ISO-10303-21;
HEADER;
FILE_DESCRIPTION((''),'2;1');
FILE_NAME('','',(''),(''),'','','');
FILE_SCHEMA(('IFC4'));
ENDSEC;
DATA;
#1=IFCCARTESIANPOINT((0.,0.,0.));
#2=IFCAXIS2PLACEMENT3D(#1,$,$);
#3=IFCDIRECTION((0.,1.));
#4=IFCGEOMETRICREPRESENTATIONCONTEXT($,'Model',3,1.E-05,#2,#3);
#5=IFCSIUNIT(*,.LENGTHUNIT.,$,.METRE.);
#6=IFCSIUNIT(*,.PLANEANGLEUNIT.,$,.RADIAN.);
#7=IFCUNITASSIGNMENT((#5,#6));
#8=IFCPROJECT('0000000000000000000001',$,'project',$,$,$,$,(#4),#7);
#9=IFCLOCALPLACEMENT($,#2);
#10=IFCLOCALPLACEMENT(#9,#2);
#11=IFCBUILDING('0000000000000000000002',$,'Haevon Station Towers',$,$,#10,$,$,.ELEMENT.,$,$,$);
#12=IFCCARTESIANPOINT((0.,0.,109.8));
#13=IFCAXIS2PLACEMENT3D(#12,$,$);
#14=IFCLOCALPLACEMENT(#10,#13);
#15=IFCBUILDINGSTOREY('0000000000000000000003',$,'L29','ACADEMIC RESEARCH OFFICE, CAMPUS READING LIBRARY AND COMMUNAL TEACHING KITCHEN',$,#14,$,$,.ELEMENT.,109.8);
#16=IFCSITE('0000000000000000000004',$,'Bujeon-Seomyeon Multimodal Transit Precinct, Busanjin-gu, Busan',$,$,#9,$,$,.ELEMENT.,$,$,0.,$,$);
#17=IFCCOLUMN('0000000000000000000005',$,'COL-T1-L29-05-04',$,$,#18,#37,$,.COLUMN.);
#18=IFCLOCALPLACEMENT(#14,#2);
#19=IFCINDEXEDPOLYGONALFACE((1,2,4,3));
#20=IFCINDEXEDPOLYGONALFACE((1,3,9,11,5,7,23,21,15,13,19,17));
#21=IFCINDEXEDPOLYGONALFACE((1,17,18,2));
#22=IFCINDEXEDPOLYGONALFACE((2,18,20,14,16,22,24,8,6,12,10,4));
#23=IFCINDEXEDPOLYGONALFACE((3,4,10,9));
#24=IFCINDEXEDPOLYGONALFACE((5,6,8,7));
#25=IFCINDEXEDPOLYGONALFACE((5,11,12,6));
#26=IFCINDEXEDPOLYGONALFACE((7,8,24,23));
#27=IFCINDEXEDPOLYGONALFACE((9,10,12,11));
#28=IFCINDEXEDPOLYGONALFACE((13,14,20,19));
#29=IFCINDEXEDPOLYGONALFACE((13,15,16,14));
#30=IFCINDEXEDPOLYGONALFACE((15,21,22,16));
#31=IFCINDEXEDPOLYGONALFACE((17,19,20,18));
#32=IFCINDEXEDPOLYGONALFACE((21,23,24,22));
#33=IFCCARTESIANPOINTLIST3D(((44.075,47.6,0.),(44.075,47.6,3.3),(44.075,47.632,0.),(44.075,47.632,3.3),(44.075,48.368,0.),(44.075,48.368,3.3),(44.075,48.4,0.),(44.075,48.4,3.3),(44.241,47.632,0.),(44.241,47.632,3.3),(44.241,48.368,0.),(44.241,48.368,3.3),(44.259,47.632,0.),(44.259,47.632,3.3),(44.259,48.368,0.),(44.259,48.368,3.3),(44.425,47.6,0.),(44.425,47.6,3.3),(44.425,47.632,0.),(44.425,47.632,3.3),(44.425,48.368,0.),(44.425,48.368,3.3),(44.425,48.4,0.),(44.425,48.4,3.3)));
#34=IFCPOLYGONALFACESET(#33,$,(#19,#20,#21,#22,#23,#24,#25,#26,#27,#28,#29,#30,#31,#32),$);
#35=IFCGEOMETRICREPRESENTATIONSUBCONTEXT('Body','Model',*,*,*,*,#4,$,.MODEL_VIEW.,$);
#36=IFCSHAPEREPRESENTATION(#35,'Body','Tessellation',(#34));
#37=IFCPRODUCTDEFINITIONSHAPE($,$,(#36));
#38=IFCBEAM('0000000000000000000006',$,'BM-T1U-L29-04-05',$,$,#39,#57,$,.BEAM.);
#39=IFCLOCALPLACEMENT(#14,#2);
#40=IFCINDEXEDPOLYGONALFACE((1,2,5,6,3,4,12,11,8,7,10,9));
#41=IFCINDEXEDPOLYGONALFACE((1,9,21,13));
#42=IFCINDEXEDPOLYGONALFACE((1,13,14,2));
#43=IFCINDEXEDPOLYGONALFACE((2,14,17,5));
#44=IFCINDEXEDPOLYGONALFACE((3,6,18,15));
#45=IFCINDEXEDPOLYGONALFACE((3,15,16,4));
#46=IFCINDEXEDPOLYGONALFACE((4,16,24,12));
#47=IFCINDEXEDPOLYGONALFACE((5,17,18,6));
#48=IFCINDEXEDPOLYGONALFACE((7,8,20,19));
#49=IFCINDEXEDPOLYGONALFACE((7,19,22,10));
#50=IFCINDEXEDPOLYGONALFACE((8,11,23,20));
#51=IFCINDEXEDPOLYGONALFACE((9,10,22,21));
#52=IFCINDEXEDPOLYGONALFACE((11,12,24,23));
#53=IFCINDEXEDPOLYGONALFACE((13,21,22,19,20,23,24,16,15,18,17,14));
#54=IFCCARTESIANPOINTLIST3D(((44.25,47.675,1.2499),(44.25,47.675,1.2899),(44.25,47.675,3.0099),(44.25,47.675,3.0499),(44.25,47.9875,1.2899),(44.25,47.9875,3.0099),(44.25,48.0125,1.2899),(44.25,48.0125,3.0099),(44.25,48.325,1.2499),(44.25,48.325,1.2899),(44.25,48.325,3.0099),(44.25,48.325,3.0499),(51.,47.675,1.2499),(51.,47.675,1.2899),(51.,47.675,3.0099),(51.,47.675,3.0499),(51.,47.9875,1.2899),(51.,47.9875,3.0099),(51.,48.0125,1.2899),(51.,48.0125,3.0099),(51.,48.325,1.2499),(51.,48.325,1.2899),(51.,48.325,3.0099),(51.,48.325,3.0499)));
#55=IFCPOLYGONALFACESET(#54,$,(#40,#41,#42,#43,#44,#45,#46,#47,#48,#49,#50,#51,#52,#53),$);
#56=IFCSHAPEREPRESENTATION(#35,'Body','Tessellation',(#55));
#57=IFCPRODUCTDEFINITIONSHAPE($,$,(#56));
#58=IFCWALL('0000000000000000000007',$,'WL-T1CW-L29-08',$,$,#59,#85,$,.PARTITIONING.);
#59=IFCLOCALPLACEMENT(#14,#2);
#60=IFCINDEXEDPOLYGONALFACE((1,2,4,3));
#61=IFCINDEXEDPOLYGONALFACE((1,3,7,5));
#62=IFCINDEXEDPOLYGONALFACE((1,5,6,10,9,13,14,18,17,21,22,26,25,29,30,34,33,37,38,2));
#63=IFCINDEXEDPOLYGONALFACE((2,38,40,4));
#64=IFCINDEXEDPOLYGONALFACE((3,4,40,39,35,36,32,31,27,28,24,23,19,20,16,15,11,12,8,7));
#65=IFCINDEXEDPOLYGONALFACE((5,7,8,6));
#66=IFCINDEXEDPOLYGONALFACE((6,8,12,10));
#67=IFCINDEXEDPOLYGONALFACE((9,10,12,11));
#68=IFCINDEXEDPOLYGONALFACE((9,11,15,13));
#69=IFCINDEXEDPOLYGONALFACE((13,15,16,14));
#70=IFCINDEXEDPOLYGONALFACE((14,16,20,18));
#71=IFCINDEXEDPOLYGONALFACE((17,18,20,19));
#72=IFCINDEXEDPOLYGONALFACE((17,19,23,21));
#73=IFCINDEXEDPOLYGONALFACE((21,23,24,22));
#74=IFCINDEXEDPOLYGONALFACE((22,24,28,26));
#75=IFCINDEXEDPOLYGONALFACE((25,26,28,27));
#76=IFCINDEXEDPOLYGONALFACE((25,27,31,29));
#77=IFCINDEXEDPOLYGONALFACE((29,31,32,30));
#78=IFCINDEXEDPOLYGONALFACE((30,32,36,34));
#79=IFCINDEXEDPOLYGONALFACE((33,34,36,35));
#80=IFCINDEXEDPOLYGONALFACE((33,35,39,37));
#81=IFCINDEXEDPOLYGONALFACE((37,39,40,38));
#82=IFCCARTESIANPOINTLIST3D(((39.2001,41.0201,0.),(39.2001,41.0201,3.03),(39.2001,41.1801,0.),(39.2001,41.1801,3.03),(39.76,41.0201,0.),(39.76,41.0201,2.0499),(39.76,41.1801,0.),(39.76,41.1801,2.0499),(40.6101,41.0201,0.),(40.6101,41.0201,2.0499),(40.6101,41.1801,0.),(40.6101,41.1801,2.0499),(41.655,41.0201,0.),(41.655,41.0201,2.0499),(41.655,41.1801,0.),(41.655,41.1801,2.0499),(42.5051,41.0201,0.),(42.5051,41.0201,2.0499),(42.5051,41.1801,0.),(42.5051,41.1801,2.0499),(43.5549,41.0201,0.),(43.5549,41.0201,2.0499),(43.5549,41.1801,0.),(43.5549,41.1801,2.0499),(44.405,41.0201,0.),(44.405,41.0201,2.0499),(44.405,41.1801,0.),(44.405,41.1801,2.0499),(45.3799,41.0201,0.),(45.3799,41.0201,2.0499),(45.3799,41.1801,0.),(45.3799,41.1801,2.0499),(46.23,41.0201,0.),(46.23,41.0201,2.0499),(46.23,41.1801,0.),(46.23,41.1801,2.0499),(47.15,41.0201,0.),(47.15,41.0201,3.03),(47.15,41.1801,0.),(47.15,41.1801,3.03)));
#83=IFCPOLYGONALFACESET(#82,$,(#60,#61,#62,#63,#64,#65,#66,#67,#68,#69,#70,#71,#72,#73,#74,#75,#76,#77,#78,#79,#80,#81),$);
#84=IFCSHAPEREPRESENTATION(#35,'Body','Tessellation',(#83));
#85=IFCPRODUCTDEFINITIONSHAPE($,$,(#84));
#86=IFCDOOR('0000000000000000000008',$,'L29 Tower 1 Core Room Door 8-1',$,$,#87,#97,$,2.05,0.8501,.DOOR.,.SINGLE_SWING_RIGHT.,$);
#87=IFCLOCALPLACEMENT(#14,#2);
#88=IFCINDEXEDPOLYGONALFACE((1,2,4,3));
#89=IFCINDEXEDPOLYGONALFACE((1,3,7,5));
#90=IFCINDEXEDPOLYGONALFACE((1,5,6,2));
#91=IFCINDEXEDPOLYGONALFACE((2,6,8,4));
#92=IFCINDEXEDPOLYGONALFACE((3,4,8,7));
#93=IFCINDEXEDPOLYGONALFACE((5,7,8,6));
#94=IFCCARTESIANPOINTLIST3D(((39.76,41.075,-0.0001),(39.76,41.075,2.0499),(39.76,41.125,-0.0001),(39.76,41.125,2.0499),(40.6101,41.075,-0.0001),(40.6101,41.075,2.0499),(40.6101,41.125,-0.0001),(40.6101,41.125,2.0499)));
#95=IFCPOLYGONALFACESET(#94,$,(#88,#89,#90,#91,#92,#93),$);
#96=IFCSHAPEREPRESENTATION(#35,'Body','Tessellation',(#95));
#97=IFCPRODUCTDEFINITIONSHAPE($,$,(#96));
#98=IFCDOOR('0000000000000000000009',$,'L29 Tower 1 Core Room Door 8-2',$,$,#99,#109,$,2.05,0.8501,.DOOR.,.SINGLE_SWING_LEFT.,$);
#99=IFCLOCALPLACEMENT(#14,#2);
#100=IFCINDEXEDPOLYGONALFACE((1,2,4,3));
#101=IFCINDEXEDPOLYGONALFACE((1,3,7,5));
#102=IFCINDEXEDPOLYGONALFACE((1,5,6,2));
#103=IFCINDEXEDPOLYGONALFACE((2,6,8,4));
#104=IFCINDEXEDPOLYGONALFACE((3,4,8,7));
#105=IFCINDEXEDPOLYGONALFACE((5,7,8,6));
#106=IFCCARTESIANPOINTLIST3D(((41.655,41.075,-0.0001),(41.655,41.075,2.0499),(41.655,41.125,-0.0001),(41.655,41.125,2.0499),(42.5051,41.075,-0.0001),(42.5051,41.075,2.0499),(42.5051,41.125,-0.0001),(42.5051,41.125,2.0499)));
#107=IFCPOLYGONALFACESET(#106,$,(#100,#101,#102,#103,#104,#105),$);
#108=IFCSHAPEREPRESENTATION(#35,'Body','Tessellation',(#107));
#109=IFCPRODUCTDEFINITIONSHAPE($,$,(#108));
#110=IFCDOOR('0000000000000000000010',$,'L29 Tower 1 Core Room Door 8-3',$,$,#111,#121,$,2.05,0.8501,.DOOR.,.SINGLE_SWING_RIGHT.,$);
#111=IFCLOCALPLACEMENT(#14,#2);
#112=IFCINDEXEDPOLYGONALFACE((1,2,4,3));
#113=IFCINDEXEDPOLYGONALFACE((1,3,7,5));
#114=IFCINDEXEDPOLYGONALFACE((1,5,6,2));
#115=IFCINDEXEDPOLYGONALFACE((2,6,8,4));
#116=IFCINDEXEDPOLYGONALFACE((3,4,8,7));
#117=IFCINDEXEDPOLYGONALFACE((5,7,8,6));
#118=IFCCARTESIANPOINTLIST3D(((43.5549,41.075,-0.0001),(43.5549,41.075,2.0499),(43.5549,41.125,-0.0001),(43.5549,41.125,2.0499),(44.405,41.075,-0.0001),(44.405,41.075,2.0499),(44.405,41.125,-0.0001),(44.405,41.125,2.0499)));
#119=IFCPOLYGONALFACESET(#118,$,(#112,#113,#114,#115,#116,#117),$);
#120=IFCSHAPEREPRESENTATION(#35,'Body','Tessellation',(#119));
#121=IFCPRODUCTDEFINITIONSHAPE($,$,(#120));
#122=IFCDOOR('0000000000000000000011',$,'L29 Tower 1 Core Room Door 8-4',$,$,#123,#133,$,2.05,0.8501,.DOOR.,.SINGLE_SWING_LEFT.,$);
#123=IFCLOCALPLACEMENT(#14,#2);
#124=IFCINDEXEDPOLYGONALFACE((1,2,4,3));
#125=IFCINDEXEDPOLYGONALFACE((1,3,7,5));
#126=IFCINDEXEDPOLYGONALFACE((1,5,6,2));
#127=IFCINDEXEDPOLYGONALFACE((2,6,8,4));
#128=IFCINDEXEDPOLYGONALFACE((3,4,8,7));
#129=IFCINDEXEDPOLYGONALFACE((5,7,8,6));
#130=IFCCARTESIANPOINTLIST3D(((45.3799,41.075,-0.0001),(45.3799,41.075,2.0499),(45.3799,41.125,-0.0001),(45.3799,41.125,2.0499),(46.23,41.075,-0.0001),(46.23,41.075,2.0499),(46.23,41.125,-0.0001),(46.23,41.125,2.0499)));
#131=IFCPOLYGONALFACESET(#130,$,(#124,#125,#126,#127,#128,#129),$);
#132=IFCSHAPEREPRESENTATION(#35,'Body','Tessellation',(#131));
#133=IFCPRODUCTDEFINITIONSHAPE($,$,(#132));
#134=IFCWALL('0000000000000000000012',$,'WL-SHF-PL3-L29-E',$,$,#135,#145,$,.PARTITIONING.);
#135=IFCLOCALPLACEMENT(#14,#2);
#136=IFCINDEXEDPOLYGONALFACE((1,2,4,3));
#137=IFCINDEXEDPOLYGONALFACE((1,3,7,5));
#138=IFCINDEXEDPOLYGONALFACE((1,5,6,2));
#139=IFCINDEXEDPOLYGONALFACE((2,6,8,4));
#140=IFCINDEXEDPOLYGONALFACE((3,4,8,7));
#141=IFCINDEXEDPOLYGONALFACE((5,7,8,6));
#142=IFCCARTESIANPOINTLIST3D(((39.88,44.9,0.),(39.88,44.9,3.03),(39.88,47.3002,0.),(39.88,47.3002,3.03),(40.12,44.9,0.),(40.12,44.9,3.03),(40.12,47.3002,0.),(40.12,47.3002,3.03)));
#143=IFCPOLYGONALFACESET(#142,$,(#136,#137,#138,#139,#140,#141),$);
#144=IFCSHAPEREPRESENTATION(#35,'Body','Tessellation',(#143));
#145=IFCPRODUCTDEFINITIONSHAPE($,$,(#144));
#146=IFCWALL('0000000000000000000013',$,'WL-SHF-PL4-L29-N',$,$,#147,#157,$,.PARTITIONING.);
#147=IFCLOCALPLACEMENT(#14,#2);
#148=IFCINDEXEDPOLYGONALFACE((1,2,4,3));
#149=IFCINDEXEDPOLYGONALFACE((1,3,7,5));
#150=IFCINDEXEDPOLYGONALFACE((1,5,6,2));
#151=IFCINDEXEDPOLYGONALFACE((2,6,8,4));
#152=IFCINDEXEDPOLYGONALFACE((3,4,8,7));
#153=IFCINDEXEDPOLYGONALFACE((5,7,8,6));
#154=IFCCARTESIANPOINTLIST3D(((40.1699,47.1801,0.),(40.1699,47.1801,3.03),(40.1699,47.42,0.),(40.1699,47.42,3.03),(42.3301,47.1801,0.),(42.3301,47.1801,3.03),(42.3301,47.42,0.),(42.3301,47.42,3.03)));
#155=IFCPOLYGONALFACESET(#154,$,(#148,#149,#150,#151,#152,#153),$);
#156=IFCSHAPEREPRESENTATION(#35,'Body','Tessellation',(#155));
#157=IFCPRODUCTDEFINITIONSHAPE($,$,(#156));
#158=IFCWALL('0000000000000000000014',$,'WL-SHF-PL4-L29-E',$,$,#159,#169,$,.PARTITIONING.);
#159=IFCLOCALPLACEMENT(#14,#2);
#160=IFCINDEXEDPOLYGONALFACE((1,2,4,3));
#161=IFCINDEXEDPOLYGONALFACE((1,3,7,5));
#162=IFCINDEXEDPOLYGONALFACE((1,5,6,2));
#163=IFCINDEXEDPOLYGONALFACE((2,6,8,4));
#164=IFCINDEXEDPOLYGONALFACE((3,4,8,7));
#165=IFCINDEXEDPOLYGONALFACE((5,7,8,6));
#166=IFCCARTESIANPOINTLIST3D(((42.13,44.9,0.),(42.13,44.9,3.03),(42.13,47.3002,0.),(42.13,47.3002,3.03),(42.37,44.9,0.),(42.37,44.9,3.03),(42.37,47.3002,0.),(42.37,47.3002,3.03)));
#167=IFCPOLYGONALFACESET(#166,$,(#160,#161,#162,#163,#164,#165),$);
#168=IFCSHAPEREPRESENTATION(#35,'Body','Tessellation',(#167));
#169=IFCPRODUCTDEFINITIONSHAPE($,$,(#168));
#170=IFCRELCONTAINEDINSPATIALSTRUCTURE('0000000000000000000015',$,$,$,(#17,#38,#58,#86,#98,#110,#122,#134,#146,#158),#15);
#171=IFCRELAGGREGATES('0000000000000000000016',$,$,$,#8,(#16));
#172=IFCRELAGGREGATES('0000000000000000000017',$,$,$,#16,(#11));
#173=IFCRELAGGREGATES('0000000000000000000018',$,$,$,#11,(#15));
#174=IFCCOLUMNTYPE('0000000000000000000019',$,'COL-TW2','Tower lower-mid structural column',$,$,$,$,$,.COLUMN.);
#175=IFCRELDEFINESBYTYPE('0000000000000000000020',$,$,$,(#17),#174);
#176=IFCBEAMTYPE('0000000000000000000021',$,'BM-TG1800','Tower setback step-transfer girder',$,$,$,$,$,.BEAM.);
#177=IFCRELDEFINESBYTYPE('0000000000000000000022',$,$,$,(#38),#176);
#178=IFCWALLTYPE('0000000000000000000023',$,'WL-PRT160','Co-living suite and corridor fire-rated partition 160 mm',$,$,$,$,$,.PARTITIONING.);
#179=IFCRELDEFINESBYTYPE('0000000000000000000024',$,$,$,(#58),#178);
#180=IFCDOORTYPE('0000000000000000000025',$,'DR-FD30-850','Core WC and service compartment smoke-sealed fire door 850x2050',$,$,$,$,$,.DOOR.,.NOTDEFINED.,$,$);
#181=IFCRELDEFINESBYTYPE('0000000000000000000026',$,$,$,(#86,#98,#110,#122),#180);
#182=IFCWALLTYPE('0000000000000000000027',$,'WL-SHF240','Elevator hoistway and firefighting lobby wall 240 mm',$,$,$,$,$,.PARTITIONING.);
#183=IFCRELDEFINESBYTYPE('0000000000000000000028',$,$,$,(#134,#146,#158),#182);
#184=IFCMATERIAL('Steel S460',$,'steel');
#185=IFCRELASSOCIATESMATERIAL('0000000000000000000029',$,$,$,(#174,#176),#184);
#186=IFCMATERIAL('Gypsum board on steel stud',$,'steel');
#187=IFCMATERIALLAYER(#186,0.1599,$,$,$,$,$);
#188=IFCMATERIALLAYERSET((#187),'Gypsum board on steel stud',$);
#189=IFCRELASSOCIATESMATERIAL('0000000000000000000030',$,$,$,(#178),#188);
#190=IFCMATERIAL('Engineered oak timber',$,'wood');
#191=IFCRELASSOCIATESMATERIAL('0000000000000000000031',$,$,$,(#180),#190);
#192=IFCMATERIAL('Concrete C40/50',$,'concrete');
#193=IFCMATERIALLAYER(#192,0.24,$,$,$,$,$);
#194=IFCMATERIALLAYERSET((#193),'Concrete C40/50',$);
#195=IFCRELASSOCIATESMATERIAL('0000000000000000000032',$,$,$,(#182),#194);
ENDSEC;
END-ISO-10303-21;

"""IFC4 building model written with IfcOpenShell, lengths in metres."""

from ifc_helpers import new_model, si_unit, direction, frame, frame_2d, origin, origin_2d, place, context, subcontext, project, spatial, rectangle, i_section, extrude, material, layer, layer_set, material_profile, profile_set, type_object, element, fill, save


model = new_model("IFC4")

# Units and contexts
model_context = context("Model", 3, precision=1e-05, world=origin(), true_north=direction((0.0, 1.0)))
body_context = subcontext(model_context, "Body", "Model", "MODEL_VIEW")
ifc_project = project(units=[si_unit("LENGTHUNIT", "METRE"), si_unit("PLANEANGLEUNIT", "RADIAN")], contexts=[model_context])

# Site, building, storey
site_placement = place(None, origin())
site = spatial("IfcSite", under=ifc_project, at=site_placement, Name="Bujeon-Seomyeon Multimodal Transit Precinct, Busanjin-gu, Busan", CompositionType="ELEMENT", RefElevation=0.0)
building_placement = place(site_placement, origin())
building = spatial("IfcBuilding", under=site, at=building_placement, Name="Haevon Station Towers", CompositionType="ELEMENT")
storey_placement = place(building_placement, frame((0.0, 0.0, 109.8)))
storey = spatial("IfcBuildingStorey", under=building, at=storey_placement, Name="L29", Description="ACADEMIC RESEARCH OFFICE, CAMPUS READING LIBRARY AND COMMUNAL TEACHING KITCHEN", CompositionType="ELEMENT", Elevation=109.8)

# Column
ifc_material_1 = material(Name="Steel S460", Category="steel")
ifc_material_profile_1 = material_profile(ifc_material_1, i_section(OverallWidth=0.3501, OverallDepth=0.8, WebThickness=0.0181, FlangeThickness=0.032, at=origin_2d()), Name="H-800x350x18x32")
ifc_profile_set_1 = profile_set([ifc_material_profile_1], Name="Steel S460")
column_type = type_object("IfcColumnType", Name="COL-TW2", Description="Tower lower-mid structural column", PredefinedType="COLUMN", material=ifc_profile_set_1)
column_placement = place(storey_placement, frame((44.25, 48.0, 0.0), z_axis=(0.0, 0.0, 1.0), x_axis=(1.0, 0.0, 0.0)))
element("IfcColumn", 1, at=column_placement, inside=storey, type_object=column_type, Name="COL-T1-L29-05-04", PredefinedType="COLUMN", context=body_context, shape_type="SweptSolid", body=[
    extrude(i_section(OverallWidth=0.3501, OverallDepth=0.8, WebThickness=0.0181, FlangeThickness=0.032, at=origin_2d()), origin(), (0.0, 0.0, 1.0), 3.3),
])

# Beam
ifc_material_profile_2 = material_profile(ifc_material_1, i_section(OverallWidth=0.6499, OverallDepth=1.8, WebThickness=0.0249, FlangeThickness=0.04, at=origin_2d()), Name="H-1800x650x25x40")
ifc_profile_set_2 = profile_set([ifc_material_profile_2], Name="Steel S460")
beam_type = type_object("IfcBeamType", Name="BM-TG1800", Description="Tower setback step-transfer girder", PredefinedType="BEAM", material=ifc_profile_set_2)
beam_placement = place(storey_placement, frame((44.25, 48.0, 2.1499), z_axis=(1.0, 0.0, 0.0), x_axis=(0.0, 1.0, 0.0)))
element("IfcBeam", 2, at=beam_placement, inside=storey, type_object=beam_type, Name="BM-T1U-L29-04-05", PredefinedType="BEAM", context=body_context, shape_type="SweptSolid", body=[
    extrude(i_section(OverallWidth=0.6499, OverallDepth=1.8, WebThickness=0.0249, FlangeThickness=0.04, at=origin_2d()), origin(), (0.0, 0.0, 1.0), 6.75),
])

# Wall, openings, doors
ifc_material_2 = material(Name="Gypsum board on steel stud", Category="steel")
ifc_layer_1 = layer(ifc_material_2, 0.1599)
ifc_layer_set_1 = layer_set([ifc_layer_1], Name="Gypsum board on steel stud")
wall_type_1 = type_object("IfcWallType", Name="WL-PRT160", Description="Co-living suite and corridor fire-rated partition 160 mm", PredefinedType="PARTITIONING", material=ifc_layer_set_1)
wall_1_placement = place(storey_placement, frame((39.2, 41.1001, 0.0), z_axis=(0.0, 0.0, 1.0), x_axis=(1.0, 0.0, 0.0)))
wall_1 = element("IfcWall", 3, at=wall_1_placement, inside=storey, type_object=wall_type_1, Name="WL-T1CW-L29-08", PredefinedType="PARTITIONING", context=body_context, shape_type="SweptSolid", body=[
    extrude(rectangle(XDim=7.95, YDim=0.1599, at=frame_2d((3.9751, 0.0))), origin(), (0.0, 0.0, 1.0), 3.03),
])
opening_1_placement = place(wall_1_placement, frame((0.5601, 0.0, 0.0)))
opening_1 = element("IfcOpeningElement", 4, at=opening_1_placement, cuts=wall_1, PredefinedType="OPENING", context=body_context, shape_type="SweptSolid", body=[
    extrude(rectangle(XDim=0.8501, YDim=2.05, at=frame_2d((0.425, 1.0249))), frame((0.0, 0.0898, 0.0), z_axis=(0.0, -1.0, 0.0), x_axis=(1.0, 0.0, 0.0)), (0.0, 0.0, 1.0), 0.1799),
])
opening_2_placement = place(wall_1_placement, frame((2.4551, 0.0, 0.0)))
opening_2 = element("IfcOpeningElement", 5, at=opening_2_placement, cuts=wall_1, PredefinedType="OPENING", context=body_context, shape_type="SweptSolid", body=[
    extrude(rectangle(XDim=0.8501, YDim=2.05, at=frame_2d((0.425, 1.0249))), frame((0.0, 0.0898, 0.0), z_axis=(0.0, -1.0, 0.0), x_axis=(1.0, 0.0, 0.0)), (0.0, 0.0, 1.0), 0.1799),
])
opening_3_placement = place(wall_1_placement, frame((4.355, 0.0, 0.0)))
opening_3 = element("IfcOpeningElement", 6, at=opening_3_placement, cuts=wall_1, PredefinedType="OPENING", context=body_context, shape_type="SweptSolid", body=[
    extrude(rectangle(XDim=0.8501, YDim=2.05, at=frame_2d((0.425, 1.0249))), frame((0.0, 0.0898, 0.0), z_axis=(0.0, -1.0, 0.0), x_axis=(1.0, 0.0, 0.0)), (0.0, 0.0, 1.0), 0.1799),
])
opening_4_placement = place(wall_1_placement, frame((6.1799, 0.0, 0.0)))
opening_4 = element("IfcOpeningElement", 7, at=opening_4_placement, cuts=wall_1, PredefinedType="OPENING", context=body_context, shape_type="SweptSolid", body=[
    extrude(rectangle(XDim=0.8501, YDim=2.05, at=frame_2d((0.425, 1.0249))), frame((0.0, 0.0898, 0.0), z_axis=(0.0, -1.0, 0.0), x_axis=(1.0, 0.0, 0.0)), (0.0, 0.0, 1.0), 0.1799),
])
ifc_material_3 = material(Name="Engineered oak timber", Category="wood")
door_type_1 = type_object("IfcDoorType", Name="DR-FD30-850", Description="Core WC and service compartment smoke-sealed fire door 850x2050", OperationType="NOTDEFINED", PredefinedType="DOOR", material=ifc_material_3)
door_1_placement = place(opening_1_placement, origin())
door_1 = element("IfcDoor", 8, at=door_1_placement, inside=storey, type_object=door_type_1, Name="L29 Tower 1 Core Room Door 8-1", OperationType="SINGLE_SWING_RIGHT", OverallHeight=2.05, OverallWidth=0.8501, PredefinedType="DOOR", context=body_context, shape_type="SweptSolid", body=[
    extrude(rectangle(XDim=0.8501, YDim=2.05, at=frame_2d((0.425, 1.0249))), frame((0.0, 0.0249, 0.0), z_axis=(0.0, -1.0, 0.0), x_axis=(1.0, 0.0, 0.0)), (0.0, 0.0, 1.0), 0.05),
])
fill(opening_1, door_1)
door_2_placement = place(opening_2_placement, origin())
door_2 = element("IfcDoor", 9, at=door_2_placement, inside=storey, type_object=door_type_1, Name="L29 Tower 1 Core Room Door 8-2", OperationType="SINGLE_SWING_LEFT", OverallHeight=2.05, OverallWidth=0.8501, PredefinedType="DOOR", context=body_context, shape_type="SweptSolid", body=[
    extrude(rectangle(XDim=0.8501, YDim=2.05, at=frame_2d((0.425, 1.0249))), frame((0.0, 0.0249, 0.0), z_axis=(0.0, -1.0, 0.0), x_axis=(1.0, 0.0, 0.0)), (0.0, 0.0, 1.0), 0.05),
])
fill(opening_2, door_2)
door_3_placement = place(opening_3_placement, origin())
door_3 = element("IfcDoor", 10, at=door_3_placement, inside=storey, type_object=door_type_1, Name="L29 Tower 1 Core Room Door 8-3", OperationType="SINGLE_SWING_RIGHT", OverallHeight=2.05, OverallWidth=0.8501, PredefinedType="DOOR", context=body_context, shape_type="SweptSolid", body=[
    extrude(rectangle(XDim=0.8501, YDim=2.05, at=frame_2d((0.425, 1.0249))), frame((0.0, 0.0249, 0.0), z_axis=(0.0, -1.0, 0.0), x_axis=(1.0, 0.0, 0.0)), (0.0, 0.0, 1.0), 0.05),
])
fill(opening_3, door_3)
door_4_placement = place(opening_4_placement, origin())
door_4 = element("IfcDoor", 11, at=door_4_placement, inside=storey, type_object=door_type_1, Name="L29 Tower 1 Core Room Door 8-4", OperationType="SINGLE_SWING_LEFT", OverallHeight=2.05, OverallWidth=0.8501, PredefinedType="DOOR", context=body_context, shape_type="SweptSolid", body=[
    extrude(rectangle(XDim=0.8501, YDim=2.05, at=frame_2d((0.425, 1.0249))), frame((0.0, 0.0249, 0.0), z_axis=(0.0, -1.0, 0.0), x_axis=(1.0, 0.0, 0.0)), (0.0, 0.0, 1.0), 0.05),
])
fill(opening_4, door_4)

# Wall
ifc_material_4 = material(Name="Concrete C40/50", Category="concrete")
ifc_layer_2 = layer(ifc_material_4, 0.24)
ifc_layer_set_2 = layer_set([ifc_layer_2], Name="Concrete C40/50")
wall_type_2 = type_object("IfcWallType", Name="WL-SHF240", Description="Elevator hoistway and firefighting lobby wall 240 mm", PredefinedType="PARTITIONING", material=ifc_layer_set_2)
wall_2_placement = place(storey_placement, frame((40.0, 44.8999, 0.0), z_axis=(0.0, 0.0, 1.0), x_axis=(0.0, 1.0, 0.0)))
element("IfcWall", 12, at=wall_2_placement, inside=storey, type_object=wall_type_2, Name="WL-SHF-PL3-L29-E", PredefinedType="PARTITIONING", context=body_context, shape_type="SweptSolid", body=[
    extrude(rectangle(XDim=2.4001, YDim=0.24, at=frame_2d((1.2002, 0.0))), origin(), (0.0, 0.0, 1.0), 3.03),
])

# Walls
wall_3_placement = place(storey_placement, frame((40.1699, 47.3, 0.0), z_axis=(0.0, 0.0, 1.0), x_axis=(1.0, 0.0, 0.0)))
element("IfcWall", 13, at=wall_3_placement, inside=storey, type_object=wall_type_2, Name="WL-SHF-PL4-L29-N", PredefinedType="PARTITIONING", context=body_context, shape_type="SweptSolid", body=[
    extrude(rectangle(XDim=2.1602, YDim=0.24, at=frame_2d((1.0801, 0.0))), origin(), (0.0, 0.0, 1.0), 3.03),
])
wall_4_placement = place(storey_placement, frame((42.25, 44.8999, 0.0), z_axis=(0.0, 0.0, 1.0), x_axis=(0.0, 1.0, 0.0)))
element("IfcWall", 14, at=wall_4_placement, inside=storey, type_object=wall_type_2, Name="WL-SHF-PL4-L29-E", PredefinedType="PARTITIONING", context=body_context, shape_type="SweptSolid", body=[
    extrude(rectangle(XDim=2.4001, YDim=0.24, at=frame_2d((1.2002, 0.0))), origin(), (0.0, 0.0, 1.0), 3.03),
])

save(model, "model.ifc")
